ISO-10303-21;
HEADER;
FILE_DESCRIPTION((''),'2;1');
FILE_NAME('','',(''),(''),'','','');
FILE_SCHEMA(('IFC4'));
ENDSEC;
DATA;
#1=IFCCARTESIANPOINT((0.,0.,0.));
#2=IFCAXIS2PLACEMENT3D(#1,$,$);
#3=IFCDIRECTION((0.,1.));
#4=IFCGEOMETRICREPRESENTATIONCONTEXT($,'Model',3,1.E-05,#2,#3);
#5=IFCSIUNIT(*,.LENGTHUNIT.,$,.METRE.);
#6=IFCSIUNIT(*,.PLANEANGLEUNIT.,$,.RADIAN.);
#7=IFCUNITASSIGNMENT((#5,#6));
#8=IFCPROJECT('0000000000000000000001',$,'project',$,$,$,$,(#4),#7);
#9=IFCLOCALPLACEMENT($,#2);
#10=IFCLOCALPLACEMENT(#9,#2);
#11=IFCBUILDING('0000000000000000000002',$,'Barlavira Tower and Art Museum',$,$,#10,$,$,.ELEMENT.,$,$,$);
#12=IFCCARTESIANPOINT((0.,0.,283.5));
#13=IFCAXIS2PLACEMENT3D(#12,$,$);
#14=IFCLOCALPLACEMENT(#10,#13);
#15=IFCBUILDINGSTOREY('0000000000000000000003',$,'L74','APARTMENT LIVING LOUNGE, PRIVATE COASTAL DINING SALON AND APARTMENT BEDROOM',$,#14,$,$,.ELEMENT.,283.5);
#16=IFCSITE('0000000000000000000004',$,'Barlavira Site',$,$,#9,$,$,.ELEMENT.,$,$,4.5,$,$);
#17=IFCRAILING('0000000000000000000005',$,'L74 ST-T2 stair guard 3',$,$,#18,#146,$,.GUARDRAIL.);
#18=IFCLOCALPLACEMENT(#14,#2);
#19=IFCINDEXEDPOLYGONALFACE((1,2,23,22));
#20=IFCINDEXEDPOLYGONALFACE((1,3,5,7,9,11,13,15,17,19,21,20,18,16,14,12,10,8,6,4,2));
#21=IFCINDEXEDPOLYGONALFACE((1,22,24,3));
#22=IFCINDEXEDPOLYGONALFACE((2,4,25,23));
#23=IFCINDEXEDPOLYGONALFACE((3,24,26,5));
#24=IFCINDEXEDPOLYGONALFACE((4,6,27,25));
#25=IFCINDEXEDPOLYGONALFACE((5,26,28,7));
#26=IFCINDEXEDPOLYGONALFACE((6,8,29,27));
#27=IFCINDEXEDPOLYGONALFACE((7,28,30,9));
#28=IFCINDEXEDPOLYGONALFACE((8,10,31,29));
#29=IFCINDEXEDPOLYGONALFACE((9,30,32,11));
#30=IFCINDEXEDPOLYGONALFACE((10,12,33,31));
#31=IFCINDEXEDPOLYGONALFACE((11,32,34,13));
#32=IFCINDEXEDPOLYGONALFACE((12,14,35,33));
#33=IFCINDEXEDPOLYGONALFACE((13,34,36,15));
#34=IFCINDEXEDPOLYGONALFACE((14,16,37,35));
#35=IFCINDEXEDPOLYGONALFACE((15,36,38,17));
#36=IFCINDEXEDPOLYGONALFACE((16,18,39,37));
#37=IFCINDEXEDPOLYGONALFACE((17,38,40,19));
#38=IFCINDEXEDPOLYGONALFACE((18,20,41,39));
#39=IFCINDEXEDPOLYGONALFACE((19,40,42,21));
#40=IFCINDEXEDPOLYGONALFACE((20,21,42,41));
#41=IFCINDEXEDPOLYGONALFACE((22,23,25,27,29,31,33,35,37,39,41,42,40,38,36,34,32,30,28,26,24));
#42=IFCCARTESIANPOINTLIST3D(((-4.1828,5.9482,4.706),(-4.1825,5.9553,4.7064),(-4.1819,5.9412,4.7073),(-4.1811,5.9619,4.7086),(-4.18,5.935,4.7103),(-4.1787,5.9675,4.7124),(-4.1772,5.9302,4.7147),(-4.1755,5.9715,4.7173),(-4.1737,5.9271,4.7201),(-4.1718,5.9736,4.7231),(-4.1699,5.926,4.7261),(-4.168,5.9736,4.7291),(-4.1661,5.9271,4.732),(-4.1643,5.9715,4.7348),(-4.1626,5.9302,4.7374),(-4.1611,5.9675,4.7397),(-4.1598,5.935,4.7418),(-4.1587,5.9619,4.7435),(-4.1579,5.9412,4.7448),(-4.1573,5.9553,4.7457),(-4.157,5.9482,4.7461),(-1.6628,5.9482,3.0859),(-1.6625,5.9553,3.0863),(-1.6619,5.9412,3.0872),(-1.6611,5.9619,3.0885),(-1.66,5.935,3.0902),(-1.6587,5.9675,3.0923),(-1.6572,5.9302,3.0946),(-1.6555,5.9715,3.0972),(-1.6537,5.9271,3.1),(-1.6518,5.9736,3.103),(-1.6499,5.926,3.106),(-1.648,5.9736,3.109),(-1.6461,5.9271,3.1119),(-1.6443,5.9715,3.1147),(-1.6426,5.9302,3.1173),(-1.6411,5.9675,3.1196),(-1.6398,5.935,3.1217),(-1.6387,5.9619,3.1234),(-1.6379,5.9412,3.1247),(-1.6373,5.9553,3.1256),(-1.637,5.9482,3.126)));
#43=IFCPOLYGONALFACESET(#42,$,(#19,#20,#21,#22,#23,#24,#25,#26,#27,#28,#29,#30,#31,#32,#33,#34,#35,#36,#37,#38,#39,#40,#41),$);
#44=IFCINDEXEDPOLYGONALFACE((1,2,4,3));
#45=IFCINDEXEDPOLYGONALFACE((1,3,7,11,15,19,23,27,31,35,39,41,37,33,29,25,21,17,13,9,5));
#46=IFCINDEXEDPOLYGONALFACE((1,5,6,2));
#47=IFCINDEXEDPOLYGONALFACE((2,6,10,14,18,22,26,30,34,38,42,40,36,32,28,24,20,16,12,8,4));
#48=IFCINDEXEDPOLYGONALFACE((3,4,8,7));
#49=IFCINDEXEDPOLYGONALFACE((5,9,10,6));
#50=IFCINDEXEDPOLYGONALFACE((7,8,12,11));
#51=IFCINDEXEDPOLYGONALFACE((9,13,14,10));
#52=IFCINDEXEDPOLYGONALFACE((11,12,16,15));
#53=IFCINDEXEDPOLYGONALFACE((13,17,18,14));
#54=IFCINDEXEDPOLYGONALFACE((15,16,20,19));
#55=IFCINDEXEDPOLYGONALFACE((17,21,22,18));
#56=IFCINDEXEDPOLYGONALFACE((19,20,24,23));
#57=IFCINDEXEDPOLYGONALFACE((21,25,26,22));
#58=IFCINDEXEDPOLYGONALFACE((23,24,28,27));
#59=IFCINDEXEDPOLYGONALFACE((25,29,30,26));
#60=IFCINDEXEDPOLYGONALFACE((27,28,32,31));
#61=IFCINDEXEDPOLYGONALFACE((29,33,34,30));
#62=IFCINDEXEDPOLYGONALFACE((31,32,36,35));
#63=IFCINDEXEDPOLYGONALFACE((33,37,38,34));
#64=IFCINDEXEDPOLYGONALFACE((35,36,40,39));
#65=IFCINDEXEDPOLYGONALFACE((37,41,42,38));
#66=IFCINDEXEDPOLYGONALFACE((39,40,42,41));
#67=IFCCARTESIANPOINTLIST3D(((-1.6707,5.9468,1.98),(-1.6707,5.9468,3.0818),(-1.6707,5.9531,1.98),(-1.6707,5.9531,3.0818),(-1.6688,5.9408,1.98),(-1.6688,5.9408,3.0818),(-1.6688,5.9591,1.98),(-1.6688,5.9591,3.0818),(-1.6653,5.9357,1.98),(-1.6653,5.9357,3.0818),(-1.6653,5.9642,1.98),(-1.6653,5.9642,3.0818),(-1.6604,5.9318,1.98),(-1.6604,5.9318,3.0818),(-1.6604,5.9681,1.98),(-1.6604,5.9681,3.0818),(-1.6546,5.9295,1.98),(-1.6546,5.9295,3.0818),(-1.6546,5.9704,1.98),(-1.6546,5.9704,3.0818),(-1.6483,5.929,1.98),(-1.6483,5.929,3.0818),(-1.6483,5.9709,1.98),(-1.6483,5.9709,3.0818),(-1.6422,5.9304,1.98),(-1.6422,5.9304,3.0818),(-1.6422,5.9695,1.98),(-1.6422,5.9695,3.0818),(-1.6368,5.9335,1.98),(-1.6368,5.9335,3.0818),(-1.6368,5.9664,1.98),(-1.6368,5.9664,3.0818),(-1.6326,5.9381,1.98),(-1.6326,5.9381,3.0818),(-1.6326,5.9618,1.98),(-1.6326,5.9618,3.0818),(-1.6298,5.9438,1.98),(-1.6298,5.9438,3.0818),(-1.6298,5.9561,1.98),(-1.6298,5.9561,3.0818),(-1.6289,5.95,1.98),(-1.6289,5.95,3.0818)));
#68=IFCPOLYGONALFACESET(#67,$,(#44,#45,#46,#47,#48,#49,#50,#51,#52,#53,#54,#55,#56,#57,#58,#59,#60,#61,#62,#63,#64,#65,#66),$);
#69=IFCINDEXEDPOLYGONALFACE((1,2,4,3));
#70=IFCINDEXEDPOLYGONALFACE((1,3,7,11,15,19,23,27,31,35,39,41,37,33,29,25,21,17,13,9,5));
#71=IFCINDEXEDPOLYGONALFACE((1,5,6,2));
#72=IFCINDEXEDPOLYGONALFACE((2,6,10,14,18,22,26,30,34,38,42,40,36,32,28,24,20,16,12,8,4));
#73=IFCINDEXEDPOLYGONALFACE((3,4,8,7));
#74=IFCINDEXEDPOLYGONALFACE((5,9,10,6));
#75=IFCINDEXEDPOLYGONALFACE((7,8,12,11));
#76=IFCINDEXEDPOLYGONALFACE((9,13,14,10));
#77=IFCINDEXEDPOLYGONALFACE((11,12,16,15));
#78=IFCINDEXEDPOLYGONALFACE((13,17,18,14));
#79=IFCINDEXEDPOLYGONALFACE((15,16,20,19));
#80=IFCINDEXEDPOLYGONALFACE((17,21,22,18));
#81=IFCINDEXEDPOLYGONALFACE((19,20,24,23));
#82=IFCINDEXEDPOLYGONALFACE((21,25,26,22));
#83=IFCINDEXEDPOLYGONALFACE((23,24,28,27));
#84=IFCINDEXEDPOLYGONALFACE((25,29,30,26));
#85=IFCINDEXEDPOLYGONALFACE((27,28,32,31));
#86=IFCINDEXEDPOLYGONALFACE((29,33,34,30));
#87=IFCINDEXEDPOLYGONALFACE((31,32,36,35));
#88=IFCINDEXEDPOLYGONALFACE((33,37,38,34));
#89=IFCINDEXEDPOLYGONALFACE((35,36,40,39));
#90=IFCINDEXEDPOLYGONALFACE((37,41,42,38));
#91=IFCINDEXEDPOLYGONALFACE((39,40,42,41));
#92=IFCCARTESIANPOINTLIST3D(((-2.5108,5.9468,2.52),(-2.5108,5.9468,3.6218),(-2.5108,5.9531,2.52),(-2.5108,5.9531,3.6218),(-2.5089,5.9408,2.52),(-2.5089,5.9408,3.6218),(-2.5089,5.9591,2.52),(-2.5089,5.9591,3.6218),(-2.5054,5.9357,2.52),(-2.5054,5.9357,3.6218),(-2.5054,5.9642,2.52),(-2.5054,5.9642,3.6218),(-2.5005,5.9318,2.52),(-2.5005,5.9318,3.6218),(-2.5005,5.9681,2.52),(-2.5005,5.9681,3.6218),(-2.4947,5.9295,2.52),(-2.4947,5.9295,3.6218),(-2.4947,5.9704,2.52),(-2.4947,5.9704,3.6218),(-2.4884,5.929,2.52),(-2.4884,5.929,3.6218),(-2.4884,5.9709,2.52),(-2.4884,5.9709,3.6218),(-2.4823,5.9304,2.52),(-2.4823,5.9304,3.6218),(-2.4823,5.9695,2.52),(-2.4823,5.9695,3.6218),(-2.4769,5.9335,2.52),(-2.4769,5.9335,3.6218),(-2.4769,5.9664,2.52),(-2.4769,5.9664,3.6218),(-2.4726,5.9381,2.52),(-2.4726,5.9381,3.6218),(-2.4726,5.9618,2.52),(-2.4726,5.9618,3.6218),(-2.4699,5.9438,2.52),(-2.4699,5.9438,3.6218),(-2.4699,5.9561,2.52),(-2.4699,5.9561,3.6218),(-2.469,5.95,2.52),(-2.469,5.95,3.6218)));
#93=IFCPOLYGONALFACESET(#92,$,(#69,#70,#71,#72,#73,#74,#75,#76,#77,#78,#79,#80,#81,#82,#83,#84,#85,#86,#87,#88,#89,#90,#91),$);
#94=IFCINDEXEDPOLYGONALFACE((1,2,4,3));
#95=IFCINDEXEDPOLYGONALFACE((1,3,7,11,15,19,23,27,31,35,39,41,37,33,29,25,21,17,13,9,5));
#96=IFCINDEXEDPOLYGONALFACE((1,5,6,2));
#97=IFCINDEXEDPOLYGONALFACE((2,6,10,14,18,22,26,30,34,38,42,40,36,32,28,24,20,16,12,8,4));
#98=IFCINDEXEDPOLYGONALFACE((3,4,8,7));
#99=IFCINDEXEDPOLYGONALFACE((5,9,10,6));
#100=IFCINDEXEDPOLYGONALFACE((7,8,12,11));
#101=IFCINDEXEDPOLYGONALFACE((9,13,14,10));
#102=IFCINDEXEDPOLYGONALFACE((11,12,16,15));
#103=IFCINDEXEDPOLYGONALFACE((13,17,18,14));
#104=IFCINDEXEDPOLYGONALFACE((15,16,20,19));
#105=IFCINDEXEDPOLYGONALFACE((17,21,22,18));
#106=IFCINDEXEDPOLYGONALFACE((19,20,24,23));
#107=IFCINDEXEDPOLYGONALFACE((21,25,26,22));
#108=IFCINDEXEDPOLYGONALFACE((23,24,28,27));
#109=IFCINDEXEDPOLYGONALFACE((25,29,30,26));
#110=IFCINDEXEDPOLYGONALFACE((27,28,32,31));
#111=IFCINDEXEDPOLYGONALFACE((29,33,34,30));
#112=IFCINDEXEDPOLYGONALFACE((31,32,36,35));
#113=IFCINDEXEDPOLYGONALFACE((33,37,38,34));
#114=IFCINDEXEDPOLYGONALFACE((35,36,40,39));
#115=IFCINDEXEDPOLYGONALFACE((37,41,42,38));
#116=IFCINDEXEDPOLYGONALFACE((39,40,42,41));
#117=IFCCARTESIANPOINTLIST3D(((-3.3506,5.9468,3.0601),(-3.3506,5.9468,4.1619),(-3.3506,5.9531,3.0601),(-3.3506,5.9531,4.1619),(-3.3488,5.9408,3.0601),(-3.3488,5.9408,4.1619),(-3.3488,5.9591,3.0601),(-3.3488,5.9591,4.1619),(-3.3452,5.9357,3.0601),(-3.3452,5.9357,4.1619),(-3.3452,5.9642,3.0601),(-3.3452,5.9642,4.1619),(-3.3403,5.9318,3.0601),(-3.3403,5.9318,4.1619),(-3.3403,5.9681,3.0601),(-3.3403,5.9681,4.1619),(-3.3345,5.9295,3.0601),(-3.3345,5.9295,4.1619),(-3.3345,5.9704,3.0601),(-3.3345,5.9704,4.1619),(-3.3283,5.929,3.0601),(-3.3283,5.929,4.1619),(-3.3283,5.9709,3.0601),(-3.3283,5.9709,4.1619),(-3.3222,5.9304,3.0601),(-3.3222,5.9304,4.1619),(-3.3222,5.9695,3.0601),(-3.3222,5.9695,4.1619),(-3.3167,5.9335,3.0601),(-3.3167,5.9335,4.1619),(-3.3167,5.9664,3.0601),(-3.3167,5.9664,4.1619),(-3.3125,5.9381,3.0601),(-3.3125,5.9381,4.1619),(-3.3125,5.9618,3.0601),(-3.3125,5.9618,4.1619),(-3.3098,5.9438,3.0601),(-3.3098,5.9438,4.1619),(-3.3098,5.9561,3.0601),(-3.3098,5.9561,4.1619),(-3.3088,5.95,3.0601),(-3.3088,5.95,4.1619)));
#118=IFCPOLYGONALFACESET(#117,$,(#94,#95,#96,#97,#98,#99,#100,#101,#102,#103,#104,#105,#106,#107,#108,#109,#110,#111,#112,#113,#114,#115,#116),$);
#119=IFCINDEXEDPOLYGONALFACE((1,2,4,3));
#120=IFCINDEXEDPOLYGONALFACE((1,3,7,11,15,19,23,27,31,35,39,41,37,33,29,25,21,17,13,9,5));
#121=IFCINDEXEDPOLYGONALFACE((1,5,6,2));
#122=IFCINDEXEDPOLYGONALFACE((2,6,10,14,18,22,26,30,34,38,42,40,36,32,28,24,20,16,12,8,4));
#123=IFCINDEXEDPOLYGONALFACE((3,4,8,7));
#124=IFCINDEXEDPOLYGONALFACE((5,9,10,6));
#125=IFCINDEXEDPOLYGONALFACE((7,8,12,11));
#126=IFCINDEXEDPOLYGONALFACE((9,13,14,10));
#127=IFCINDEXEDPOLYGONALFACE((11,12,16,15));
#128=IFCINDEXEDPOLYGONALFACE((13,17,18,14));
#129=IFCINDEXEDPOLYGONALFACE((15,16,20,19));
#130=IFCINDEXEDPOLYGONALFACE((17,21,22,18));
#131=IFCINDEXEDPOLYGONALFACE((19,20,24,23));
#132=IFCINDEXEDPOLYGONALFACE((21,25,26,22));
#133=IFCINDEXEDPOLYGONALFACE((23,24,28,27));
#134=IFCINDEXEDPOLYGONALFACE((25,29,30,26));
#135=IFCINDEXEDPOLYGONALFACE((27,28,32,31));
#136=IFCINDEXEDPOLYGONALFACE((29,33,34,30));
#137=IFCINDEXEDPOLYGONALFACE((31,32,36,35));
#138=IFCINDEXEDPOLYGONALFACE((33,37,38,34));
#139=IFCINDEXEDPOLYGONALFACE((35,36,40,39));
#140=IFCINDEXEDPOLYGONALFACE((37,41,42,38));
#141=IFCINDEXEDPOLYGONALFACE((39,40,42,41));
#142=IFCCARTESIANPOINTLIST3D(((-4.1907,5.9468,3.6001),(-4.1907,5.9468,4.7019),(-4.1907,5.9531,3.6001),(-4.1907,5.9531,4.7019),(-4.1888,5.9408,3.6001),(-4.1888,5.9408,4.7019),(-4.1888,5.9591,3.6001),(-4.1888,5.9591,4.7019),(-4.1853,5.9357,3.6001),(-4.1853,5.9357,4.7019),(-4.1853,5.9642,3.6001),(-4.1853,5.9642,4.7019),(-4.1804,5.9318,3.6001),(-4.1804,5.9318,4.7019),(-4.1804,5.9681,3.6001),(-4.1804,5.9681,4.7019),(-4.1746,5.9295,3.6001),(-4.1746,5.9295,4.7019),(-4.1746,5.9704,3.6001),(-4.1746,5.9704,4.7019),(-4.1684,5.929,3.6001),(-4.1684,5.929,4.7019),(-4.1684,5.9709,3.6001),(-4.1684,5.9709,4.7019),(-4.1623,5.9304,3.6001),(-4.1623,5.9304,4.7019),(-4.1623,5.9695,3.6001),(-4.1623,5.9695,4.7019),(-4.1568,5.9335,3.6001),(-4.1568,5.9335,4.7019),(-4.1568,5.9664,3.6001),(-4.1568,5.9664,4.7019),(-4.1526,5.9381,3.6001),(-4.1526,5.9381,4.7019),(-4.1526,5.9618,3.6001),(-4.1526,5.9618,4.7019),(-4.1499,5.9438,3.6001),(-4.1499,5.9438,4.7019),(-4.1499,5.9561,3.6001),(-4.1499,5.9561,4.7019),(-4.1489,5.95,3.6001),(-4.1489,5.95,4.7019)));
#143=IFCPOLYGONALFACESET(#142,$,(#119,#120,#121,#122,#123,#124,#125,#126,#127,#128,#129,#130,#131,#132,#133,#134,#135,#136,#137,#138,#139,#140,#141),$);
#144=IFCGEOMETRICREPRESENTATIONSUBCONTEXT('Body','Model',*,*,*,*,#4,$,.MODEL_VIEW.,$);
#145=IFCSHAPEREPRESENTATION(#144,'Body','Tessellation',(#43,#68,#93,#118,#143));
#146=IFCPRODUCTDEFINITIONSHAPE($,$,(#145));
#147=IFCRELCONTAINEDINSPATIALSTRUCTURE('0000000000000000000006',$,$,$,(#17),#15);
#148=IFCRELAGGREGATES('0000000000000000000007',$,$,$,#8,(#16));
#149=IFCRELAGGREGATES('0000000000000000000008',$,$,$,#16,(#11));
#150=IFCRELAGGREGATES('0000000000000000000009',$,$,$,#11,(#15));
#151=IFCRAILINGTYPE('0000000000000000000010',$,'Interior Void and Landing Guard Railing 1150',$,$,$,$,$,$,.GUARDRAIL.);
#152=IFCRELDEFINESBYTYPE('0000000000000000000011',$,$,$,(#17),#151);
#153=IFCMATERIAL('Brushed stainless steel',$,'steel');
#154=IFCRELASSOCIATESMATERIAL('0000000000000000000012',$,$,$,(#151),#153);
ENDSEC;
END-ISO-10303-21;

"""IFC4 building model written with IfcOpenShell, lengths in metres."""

from ifc_helpers import new_model, si_unit, direction, frame, origin, origin_2d, place, context, subcontext, project, spatial, circle, extrude, material, type_object, element, save


model = new_model("IFC4")

# Units and contexts
model_context = context("Model", 3, precision=1e-05, world=origin(), true_north=direction((0.0, 1.0)))
body_context = subcontext(model_context, "Body", "Model", "MODEL_VIEW")
ifc_project = project(units=[si_unit("LENGTHUNIT", "METRE"), si_unit("PLANEANGLEUNIT", "RADIAN")], contexts=[model_context])

# Site, building, storey
site_placement = place(None, origin())
site = spatial("IfcSite", under=ifc_project, at=site_placement, Name="Barlavira Site", CompositionType="ELEMENT", RefElevation=4.5)
building_placement = place(site_placement, origin())
building = spatial("IfcBuilding", under=site, at=building_placement, Name="Barlavira Tower and Art Museum", CompositionType="ELEMENT")
storey_placement = place(building_placement, frame((0.0, 0.0, 283.5)))
storey = spatial("IfcBuildingStorey", under=building, at=storey_placement, Name="L74", Description="APARTMENT LIVING LOUNGE, PRIVATE COASTAL DINING SALON AND APARTMENT BEDROOM", CompositionType="ELEMENT", Elevation=283.5)

# Shared definitions
ifc_material_1 = material(Name="Brushed stainless steel", Category="steel")

# Railing
railing_type_1 = type_object("IfcRailingType", Name="Interior Void and Landing Guard Railing 1150", PredefinedType="GUARDRAIL", material=ifc_material_1)
railing_1_placement = place(storey_placement, frame((-1.6499, 5.95, 1.98)))
element("IfcRailing", 1, at=railing_1_placement, inside=storey, type_object=railing_type_1, Name="L74 ST-T2 stair guard 3", PredefinedType="GUARDRAIL", context=body_context, shape_type="SweptSolid", body=[
    extrude(circle(Radius=0.0239, at=origin_2d()), frame((0.0, 0.0, 1.126), z_axis=(-0.841163, 0.0, 0.540782), x_axis=(0.0, -1.0, 0.0)), (0.0, 0.0, 1.0), 2.9958),
    extrude(circle(Radius=0.021, at=origin_2d()), origin(), (0.0, 0.0, 1.0), 1.1018),
    extrude(circle(Radius=0.021, at=origin_2d()), frame((-0.8401, 0.0, 0.54)), (0.0, 0.0, 1.0), 1.1018),
    extrude(circle(Radius=0.021, at=origin_2d()), frame((-1.6799, 0.0, 1.0801)), (0.0, 0.0, 1.0), 1.1018),
    extrude(circle(Radius=0.021, at=origin_2d()), frame((-2.52, 0.0, 1.6201)), (0.0, 0.0, 1.0), 1.1018),
])

save(model, "model.ifc")
